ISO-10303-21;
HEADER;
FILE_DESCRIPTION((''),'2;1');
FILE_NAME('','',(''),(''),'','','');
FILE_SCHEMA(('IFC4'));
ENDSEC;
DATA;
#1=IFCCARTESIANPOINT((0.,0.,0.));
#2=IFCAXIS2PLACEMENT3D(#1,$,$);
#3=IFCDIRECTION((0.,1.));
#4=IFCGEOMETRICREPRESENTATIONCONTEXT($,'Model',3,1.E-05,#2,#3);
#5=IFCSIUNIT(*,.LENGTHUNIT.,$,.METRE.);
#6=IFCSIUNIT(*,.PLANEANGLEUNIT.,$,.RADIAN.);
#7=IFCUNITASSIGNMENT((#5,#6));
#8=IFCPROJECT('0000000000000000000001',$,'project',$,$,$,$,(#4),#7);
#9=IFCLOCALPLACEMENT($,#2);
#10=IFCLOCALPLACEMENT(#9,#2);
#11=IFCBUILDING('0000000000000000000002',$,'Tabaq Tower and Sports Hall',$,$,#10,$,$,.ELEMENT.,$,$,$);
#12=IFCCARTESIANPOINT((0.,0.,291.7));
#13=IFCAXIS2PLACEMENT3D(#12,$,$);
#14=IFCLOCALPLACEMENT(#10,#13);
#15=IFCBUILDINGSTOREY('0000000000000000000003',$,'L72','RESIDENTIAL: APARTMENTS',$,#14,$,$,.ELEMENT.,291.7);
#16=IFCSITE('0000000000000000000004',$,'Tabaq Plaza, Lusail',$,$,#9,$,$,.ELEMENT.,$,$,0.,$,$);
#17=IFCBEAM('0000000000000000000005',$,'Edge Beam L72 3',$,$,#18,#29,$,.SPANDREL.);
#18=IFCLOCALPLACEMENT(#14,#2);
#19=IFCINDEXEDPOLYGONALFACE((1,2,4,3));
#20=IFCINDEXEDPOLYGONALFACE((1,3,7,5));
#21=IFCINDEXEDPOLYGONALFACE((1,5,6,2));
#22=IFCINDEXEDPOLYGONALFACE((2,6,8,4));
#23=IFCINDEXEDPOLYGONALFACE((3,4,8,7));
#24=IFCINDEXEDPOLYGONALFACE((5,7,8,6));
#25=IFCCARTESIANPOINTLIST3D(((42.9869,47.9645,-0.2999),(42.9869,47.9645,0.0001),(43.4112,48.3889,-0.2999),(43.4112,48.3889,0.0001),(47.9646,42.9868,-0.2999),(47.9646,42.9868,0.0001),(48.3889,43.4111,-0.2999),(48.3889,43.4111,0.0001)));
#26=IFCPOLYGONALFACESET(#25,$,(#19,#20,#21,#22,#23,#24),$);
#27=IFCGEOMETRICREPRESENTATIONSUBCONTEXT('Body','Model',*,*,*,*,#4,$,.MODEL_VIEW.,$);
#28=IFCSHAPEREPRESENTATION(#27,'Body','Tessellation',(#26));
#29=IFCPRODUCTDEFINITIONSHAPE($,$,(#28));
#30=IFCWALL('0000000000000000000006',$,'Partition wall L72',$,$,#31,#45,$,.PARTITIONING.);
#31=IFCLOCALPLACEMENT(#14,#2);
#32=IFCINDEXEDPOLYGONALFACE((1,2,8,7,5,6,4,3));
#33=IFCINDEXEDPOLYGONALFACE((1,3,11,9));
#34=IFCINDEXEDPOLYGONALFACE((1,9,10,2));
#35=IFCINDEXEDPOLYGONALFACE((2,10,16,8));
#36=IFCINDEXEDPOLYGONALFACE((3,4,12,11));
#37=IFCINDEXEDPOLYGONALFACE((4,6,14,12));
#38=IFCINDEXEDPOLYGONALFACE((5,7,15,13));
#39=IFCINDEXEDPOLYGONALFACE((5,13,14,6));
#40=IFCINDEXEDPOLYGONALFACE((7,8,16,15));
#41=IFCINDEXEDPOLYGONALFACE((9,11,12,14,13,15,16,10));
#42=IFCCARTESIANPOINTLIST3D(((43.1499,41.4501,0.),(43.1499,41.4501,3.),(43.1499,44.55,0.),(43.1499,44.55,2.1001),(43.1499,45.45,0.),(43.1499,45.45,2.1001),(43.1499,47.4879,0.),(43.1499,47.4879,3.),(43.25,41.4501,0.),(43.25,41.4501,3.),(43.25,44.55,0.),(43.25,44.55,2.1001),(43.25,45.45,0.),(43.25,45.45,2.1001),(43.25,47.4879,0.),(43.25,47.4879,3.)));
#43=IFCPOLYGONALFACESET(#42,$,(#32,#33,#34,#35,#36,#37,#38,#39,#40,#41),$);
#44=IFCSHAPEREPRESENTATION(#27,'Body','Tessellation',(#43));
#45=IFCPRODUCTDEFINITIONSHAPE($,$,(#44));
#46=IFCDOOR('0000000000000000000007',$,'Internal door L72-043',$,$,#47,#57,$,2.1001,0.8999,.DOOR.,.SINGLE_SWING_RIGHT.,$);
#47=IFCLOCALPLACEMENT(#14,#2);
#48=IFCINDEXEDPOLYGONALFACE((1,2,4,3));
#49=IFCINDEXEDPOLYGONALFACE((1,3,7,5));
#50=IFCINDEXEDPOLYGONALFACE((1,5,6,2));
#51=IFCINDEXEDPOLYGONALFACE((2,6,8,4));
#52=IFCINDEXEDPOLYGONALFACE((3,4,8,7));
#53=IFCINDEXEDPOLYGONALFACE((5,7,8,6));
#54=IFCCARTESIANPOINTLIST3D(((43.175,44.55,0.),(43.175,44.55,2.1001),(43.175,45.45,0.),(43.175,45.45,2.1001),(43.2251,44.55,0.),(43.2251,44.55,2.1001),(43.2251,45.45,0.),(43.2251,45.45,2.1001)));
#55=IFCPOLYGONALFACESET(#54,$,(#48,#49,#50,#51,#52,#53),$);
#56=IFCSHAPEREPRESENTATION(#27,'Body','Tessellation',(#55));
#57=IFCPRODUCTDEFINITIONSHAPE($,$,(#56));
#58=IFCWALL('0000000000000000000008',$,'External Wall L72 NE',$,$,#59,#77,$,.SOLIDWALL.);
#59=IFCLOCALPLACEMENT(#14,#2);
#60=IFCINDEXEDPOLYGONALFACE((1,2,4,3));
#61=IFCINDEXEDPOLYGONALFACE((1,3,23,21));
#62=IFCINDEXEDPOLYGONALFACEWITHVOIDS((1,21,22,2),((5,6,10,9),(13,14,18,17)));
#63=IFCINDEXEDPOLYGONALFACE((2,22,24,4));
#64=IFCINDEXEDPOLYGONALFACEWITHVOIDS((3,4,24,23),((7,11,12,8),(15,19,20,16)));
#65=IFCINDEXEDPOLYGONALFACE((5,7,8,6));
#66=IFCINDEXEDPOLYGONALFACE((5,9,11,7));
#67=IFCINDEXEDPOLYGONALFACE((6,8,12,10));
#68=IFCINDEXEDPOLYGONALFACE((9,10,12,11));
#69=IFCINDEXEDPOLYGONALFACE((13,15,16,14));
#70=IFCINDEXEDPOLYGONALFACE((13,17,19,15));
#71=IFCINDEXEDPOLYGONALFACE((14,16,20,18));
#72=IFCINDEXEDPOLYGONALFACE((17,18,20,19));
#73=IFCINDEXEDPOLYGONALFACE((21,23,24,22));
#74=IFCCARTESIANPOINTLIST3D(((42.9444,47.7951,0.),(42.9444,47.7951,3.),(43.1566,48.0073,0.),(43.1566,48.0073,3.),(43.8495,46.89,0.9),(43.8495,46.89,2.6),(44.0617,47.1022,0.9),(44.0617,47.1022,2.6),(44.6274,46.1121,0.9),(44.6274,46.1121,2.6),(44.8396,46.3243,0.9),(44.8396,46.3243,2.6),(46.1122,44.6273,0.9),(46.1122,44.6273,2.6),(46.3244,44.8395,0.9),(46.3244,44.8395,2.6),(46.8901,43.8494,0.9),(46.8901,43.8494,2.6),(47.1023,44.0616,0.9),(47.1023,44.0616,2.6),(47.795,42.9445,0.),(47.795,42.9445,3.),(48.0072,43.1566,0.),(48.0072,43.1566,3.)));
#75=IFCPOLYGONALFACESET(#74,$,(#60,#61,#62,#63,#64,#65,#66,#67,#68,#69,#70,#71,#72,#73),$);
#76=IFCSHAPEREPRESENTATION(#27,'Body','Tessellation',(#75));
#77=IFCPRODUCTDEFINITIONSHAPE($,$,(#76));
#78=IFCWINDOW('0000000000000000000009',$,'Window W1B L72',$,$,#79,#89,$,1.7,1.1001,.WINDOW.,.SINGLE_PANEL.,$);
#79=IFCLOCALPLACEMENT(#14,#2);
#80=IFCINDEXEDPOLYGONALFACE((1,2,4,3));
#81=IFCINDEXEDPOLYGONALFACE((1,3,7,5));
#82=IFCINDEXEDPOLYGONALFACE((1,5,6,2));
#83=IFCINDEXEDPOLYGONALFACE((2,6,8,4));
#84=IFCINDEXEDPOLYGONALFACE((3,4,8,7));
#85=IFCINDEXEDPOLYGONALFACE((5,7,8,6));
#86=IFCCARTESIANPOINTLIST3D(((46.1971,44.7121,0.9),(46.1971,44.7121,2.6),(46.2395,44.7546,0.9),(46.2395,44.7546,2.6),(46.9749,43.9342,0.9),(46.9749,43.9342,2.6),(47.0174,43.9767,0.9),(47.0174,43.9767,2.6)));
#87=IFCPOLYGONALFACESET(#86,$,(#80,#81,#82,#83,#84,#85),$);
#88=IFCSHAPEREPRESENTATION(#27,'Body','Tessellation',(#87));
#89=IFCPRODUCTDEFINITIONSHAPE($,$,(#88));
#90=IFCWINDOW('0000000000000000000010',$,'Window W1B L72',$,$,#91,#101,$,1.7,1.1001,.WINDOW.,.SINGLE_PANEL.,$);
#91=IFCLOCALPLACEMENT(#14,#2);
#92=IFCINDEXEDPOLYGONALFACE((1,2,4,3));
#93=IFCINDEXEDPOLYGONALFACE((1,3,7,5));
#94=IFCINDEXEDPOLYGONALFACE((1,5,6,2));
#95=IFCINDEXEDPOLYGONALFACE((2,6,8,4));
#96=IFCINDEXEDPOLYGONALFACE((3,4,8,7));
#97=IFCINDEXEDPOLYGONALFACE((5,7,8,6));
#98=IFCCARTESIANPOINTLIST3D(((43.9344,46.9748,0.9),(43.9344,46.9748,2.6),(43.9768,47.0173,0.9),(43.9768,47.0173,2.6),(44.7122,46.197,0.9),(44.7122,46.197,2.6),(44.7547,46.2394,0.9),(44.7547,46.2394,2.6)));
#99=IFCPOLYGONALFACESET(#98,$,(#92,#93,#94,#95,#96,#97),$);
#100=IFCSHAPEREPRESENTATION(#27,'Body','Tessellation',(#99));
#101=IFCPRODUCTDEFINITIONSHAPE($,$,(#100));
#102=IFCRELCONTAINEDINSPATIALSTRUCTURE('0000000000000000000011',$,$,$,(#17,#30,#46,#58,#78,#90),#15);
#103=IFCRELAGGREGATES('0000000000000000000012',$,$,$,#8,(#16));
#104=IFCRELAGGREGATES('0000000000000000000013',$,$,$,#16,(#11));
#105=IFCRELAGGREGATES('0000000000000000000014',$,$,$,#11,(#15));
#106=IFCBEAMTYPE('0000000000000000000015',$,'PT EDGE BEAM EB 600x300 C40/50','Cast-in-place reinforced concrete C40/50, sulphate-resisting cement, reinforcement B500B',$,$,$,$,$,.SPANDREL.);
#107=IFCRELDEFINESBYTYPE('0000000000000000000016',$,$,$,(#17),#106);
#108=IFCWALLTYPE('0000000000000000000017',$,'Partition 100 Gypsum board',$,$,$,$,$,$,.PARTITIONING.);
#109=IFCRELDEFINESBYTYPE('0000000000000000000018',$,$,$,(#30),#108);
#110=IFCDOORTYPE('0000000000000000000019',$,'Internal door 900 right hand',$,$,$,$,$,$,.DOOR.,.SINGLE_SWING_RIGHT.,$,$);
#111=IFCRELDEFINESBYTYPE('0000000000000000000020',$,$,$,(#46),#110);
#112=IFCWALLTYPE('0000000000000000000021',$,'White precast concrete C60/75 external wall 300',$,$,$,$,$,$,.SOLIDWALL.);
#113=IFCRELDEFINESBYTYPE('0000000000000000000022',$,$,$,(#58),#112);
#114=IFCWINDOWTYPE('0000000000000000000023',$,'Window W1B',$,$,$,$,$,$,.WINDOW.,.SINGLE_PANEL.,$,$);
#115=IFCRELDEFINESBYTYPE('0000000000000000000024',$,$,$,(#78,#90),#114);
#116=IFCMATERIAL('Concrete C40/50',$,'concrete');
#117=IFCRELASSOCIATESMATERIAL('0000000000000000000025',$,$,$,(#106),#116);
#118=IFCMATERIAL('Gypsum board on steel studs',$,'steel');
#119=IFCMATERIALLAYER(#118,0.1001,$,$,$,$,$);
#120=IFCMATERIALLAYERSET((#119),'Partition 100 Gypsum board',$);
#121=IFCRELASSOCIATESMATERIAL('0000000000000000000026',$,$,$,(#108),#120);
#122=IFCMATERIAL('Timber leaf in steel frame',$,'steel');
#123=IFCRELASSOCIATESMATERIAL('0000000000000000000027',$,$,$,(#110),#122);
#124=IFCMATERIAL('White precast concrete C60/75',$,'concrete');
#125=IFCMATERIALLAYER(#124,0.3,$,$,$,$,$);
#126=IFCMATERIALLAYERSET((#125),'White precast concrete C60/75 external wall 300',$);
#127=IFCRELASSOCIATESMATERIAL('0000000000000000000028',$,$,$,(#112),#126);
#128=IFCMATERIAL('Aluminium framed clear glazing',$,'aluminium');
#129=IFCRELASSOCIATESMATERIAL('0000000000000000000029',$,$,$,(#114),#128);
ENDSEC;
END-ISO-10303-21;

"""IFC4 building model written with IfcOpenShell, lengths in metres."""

from ifc_helpers import new_model, si_unit, direction, frame, frame_2d, origin, origin_2d, place, context, subcontext, project, spatial, rectangle, extrude, material, layer, layer_set, material_profile, profile_set, type_object, element, fill, save


model = new_model("IFC4")

# Units and contexts
model_context = context("Model", 3, precision=1e-05, world=origin(), true_north=direction((0.0, 1.0)))
body_context = subcontext(model_context, "Body", "Model", "MODEL_VIEW")
ifc_project = project(units=[si_unit("LENGTHUNIT", "METRE"), si_unit("PLANEANGLEUNIT", "RADIAN")], contexts=[model_context])

# Site, building, storey
site_placement = place(None, origin())
site = spatial("IfcSite", under=ifc_project, at=site_placement, Name="Tabaq Plaza, Lusail", CompositionType="ELEMENT", RefElevation=0.0)
building_placement = place(site_placement, origin())
building = spatial("IfcBuilding", under=site, at=building_placement, Name="Tabaq Tower and Sports Hall", CompositionType="ELEMENT")
storey_placement = place(building_placement, frame((0.0, 0.0, 291.7)))
storey = spatial("IfcBuildingStorey", under=building, at=storey_placement, Name="L72", Description="RESIDENTIAL: APARTMENTS", CompositionType="ELEMENT", Elevation=291.7)

# Beam
ifc_material_1 = material(Name="Concrete C40/50", Category="concrete")
ifc_material_profile = material_profile(ifc_material_1, rectangle(XDim=0.6001, YDim=0.3, at=origin_2d()), Name="EB 600x300")
ifc_profile_set = profile_set([ifc_material_profile], Name="Concrete C40/50")
beam_type = type_object("IfcBeamType", Name="PT EDGE BEAM EB 600x300 C40/50", Description="Cast-in-place reinforced concrete C40/50, sulphate-resisting cement, reinforcement B500B", PredefinedType="SPANDREL", material=ifc_profile_set)
beam_placement = place(storey_placement, frame((48.1768, 43.199, -0.1499), z_axis=(-0.707107, 0.707107, 0.0), x_axis=(-0.707107, -0.707107, 0.0)))
element("IfcBeam", 1, at=beam_placement, inside=storey, type_object=beam_type, Name="Edge Beam L72 3", PredefinedType="SPANDREL", context=body_context, shape_type="SweptSolid", body=[
    extrude(rectangle(XDim=0.6001, YDim=0.3, at=origin_2d()), origin(), (0.0, 0.0, 1.0), 7.0396),
])

# Wall, opening, door
ifc_material_2 = material(Name="Gypsum board on steel studs", Category="steel")
ifc_layer_1 = layer(ifc_material_2, 0.1001)
ifc_layer_set_1 = layer_set([ifc_layer_1], Name="Partition 100 Gypsum board")
wall_type_1 = type_object("IfcWallType", Name="Partition 100 Gypsum board", PredefinedType="PARTITIONING", material=ifc_layer_set_1)
wall_1_placement = place(storey_placement, frame((43.2, 41.45, 0.0), z_axis=(0.0, 0.0, 1.0), x_axis=(0.0, 1.0, 0.0)))
wall_1 = element("IfcWall", 2, at=wall_1_placement, inside=storey, type_object=wall_type_1, Name="Partition wall L72", PredefinedType="PARTITIONING", context=body_context, shape_type="SweptSolid", body=[
    extrude(rectangle(XDim=6.0378, YDim=0.1001, at=frame_2d((3.019, 0.0))), origin(), (0.0, 0.0, 1.0), 3.0),
])
opening_1_placement = place(wall_1_placement, frame((3.1001, 0.0, 0.0)))
opening_1 = element("IfcOpeningElement", 3, at=opening_1_placement, cuts=wall_1, PredefinedType="OPENING", context=body_context, shape_type="SweptSolid", body=[
    extrude(rectangle(XDim=0.8999, YDim=2.1001, at=frame_2d((0.45, 1.05))), frame((0.0, 0.05, 0.0), z_axis=(0.0, -1.0, 0.0), x_axis=(1.0, 0.0, 0.0)), (0.0, 0.0, 1.0), 0.1001),
])
ifc_material_3 = material(Name="Timber leaf in steel frame", Category="steel")
door_type = type_object("IfcDoorType", Name="Internal door 900 right hand", OperationType="SINGLE_SWING_RIGHT", PredefinedType="DOOR", material=ifc_material_3)
door_placement = place(opening_1_placement, origin())
door = element("IfcDoor", 4, at=door_placement, inside=storey, type_object=door_type, Name="Internal door L72-043", OperationType="SINGLE_SWING_RIGHT", OverallHeight=2.1001, OverallWidth=0.8999, PredefinedType="DOOR", context=body_context, shape_type="SweptSolid", body=[
    extrude(rectangle(XDim=0.8999, YDim=2.1001, at=frame_2d((0.45, 1.05))), frame((0.0, 0.0249, 0.0), z_axis=(0.0, -1.0, 0.0), x_axis=(1.0, 0.0, 0.0)), (0.0, 0.0, 1.0), 0.05),
])
fill(opening_1, door)

# Wall, openings, windows
ifc_material_4 = material(Name="White precast concrete C60/75", Category="concrete")
ifc_layer_2 = layer(ifc_material_4, 0.3)
ifc_layer_set_2 = layer_set([ifc_layer_2], Name="White precast concrete C60/75 external wall 300")
wall_type_2 = type_object("IfcWallType", Name="White precast concrete C60/75 external wall 300", PredefinedType="SOLIDWALL", material=ifc_layer_set_2)
wall_2_placement = place(storey_placement, frame((47.9011, 43.0505, 0.0), z_axis=(0.0, 0.0, 1.0), x_axis=(-0.707107, 0.707107, 0.0)))
wall_2 = element("IfcWall", 5, at=wall_2_placement, inside=storey, type_object=wall_type_2, Name="External Wall L72 NE", PredefinedType="SOLIDWALL", context=body_context, shape_type="SweptSolid", body=[
    extrude(rectangle(XDim=6.8599, YDim=0.3, at=frame_2d((3.4299, 0.0))), origin(), (0.0, 0.0, 1.0), 3.0),
])
opening_2_placement = place(wall_2_placement, frame((1.2798, 0.0, 0.8999)))
opening_2 = element("IfcOpeningElement", 6, at=opening_2_placement, cuts=wall_2, PredefinedType="OPENING", context=body_context, shape_type="SweptSolid", body=[
    extrude(rectangle(XDim=1.1001, YDim=1.7, at=frame_2d((0.55, 0.8501))), frame((0.0, 0.1602, 0.0), z_axis=(0.0, -1.0, 0.0), x_axis=(1.0, 0.0, 0.0)), (0.0, 0.0, 1.0), 0.3201),
])
opening_3_placement = place(wall_2_placement, frame((4.4797, 0.0, 0.8999)))
opening_3 = element("IfcOpeningElement", 7, at=opening_3_placement, cuts=wall_2, PredefinedType="OPENING", context=body_context, shape_type="SweptSolid", body=[
    extrude(rectangle(XDim=1.1001, YDim=1.7, at=frame_2d((0.55, 0.8501))), frame((0.0, 0.1602, 0.0), z_axis=(0.0, -1.0, 0.0), x_axis=(1.0, 0.0, 0.0)), (0.0, 0.0, 1.0), 0.3201),
])
ifc_material_5 = material(Name="Aluminium framed clear glazing", Category="aluminium")
window_type_1 = type_object("IfcWindowType", Name="Window W1B", PartitioningType="SINGLE_PANEL", PredefinedType="WINDOW", material=ifc_material_5)
window_1_placement = place(opening_2_placement, origin())
window_1 = element("IfcWindow", 8, at=window_1_placement, inside=storey, type_object=window_type_1, Name="Window W1B L72", OverallHeight=1.7, OverallWidth=1.1001, PartitioningType="SINGLE_PANEL", PredefinedType="WINDOW", context=body_context, shape_type="SweptSolid", body=[
    extrude(rectangle(XDim=1.1001, YDim=1.7, at=frame_2d((0.55, 0.8501))), frame((0.0, 0.03, 0.0), z_axis=(0.0, -1.0, 0.0), x_axis=(1.0, 0.0, 0.0)), (0.0, 0.0, 1.0), 0.0601),
])
fill(opening_2, window_1)
window_2_placement = place(opening_3_placement, origin())
window_2 = element("IfcWindow", 9, at=window_2_placement, inside=storey, type_object=window_type_1, Name="Window W1B L72", OverallHeight=1.7, OverallWidth=1.1001, PartitioningType="SINGLE_PANEL", PredefinedType="WINDOW", context=body_context, shape_type="SweptSolid", body=[
    extrude(rectangle(XDim=1.1001, YDim=1.7, at=frame_2d((0.55, 0.8501))), frame((0.0, 0.03, 0.0), z_axis=(0.0, -1.0, 0.0), x_axis=(1.0, 0.0, 0.0)), (0.0, 0.0, 1.0), 0.0601),
])
fill(opening_3, window_2)

save(model, "model.ifc")
